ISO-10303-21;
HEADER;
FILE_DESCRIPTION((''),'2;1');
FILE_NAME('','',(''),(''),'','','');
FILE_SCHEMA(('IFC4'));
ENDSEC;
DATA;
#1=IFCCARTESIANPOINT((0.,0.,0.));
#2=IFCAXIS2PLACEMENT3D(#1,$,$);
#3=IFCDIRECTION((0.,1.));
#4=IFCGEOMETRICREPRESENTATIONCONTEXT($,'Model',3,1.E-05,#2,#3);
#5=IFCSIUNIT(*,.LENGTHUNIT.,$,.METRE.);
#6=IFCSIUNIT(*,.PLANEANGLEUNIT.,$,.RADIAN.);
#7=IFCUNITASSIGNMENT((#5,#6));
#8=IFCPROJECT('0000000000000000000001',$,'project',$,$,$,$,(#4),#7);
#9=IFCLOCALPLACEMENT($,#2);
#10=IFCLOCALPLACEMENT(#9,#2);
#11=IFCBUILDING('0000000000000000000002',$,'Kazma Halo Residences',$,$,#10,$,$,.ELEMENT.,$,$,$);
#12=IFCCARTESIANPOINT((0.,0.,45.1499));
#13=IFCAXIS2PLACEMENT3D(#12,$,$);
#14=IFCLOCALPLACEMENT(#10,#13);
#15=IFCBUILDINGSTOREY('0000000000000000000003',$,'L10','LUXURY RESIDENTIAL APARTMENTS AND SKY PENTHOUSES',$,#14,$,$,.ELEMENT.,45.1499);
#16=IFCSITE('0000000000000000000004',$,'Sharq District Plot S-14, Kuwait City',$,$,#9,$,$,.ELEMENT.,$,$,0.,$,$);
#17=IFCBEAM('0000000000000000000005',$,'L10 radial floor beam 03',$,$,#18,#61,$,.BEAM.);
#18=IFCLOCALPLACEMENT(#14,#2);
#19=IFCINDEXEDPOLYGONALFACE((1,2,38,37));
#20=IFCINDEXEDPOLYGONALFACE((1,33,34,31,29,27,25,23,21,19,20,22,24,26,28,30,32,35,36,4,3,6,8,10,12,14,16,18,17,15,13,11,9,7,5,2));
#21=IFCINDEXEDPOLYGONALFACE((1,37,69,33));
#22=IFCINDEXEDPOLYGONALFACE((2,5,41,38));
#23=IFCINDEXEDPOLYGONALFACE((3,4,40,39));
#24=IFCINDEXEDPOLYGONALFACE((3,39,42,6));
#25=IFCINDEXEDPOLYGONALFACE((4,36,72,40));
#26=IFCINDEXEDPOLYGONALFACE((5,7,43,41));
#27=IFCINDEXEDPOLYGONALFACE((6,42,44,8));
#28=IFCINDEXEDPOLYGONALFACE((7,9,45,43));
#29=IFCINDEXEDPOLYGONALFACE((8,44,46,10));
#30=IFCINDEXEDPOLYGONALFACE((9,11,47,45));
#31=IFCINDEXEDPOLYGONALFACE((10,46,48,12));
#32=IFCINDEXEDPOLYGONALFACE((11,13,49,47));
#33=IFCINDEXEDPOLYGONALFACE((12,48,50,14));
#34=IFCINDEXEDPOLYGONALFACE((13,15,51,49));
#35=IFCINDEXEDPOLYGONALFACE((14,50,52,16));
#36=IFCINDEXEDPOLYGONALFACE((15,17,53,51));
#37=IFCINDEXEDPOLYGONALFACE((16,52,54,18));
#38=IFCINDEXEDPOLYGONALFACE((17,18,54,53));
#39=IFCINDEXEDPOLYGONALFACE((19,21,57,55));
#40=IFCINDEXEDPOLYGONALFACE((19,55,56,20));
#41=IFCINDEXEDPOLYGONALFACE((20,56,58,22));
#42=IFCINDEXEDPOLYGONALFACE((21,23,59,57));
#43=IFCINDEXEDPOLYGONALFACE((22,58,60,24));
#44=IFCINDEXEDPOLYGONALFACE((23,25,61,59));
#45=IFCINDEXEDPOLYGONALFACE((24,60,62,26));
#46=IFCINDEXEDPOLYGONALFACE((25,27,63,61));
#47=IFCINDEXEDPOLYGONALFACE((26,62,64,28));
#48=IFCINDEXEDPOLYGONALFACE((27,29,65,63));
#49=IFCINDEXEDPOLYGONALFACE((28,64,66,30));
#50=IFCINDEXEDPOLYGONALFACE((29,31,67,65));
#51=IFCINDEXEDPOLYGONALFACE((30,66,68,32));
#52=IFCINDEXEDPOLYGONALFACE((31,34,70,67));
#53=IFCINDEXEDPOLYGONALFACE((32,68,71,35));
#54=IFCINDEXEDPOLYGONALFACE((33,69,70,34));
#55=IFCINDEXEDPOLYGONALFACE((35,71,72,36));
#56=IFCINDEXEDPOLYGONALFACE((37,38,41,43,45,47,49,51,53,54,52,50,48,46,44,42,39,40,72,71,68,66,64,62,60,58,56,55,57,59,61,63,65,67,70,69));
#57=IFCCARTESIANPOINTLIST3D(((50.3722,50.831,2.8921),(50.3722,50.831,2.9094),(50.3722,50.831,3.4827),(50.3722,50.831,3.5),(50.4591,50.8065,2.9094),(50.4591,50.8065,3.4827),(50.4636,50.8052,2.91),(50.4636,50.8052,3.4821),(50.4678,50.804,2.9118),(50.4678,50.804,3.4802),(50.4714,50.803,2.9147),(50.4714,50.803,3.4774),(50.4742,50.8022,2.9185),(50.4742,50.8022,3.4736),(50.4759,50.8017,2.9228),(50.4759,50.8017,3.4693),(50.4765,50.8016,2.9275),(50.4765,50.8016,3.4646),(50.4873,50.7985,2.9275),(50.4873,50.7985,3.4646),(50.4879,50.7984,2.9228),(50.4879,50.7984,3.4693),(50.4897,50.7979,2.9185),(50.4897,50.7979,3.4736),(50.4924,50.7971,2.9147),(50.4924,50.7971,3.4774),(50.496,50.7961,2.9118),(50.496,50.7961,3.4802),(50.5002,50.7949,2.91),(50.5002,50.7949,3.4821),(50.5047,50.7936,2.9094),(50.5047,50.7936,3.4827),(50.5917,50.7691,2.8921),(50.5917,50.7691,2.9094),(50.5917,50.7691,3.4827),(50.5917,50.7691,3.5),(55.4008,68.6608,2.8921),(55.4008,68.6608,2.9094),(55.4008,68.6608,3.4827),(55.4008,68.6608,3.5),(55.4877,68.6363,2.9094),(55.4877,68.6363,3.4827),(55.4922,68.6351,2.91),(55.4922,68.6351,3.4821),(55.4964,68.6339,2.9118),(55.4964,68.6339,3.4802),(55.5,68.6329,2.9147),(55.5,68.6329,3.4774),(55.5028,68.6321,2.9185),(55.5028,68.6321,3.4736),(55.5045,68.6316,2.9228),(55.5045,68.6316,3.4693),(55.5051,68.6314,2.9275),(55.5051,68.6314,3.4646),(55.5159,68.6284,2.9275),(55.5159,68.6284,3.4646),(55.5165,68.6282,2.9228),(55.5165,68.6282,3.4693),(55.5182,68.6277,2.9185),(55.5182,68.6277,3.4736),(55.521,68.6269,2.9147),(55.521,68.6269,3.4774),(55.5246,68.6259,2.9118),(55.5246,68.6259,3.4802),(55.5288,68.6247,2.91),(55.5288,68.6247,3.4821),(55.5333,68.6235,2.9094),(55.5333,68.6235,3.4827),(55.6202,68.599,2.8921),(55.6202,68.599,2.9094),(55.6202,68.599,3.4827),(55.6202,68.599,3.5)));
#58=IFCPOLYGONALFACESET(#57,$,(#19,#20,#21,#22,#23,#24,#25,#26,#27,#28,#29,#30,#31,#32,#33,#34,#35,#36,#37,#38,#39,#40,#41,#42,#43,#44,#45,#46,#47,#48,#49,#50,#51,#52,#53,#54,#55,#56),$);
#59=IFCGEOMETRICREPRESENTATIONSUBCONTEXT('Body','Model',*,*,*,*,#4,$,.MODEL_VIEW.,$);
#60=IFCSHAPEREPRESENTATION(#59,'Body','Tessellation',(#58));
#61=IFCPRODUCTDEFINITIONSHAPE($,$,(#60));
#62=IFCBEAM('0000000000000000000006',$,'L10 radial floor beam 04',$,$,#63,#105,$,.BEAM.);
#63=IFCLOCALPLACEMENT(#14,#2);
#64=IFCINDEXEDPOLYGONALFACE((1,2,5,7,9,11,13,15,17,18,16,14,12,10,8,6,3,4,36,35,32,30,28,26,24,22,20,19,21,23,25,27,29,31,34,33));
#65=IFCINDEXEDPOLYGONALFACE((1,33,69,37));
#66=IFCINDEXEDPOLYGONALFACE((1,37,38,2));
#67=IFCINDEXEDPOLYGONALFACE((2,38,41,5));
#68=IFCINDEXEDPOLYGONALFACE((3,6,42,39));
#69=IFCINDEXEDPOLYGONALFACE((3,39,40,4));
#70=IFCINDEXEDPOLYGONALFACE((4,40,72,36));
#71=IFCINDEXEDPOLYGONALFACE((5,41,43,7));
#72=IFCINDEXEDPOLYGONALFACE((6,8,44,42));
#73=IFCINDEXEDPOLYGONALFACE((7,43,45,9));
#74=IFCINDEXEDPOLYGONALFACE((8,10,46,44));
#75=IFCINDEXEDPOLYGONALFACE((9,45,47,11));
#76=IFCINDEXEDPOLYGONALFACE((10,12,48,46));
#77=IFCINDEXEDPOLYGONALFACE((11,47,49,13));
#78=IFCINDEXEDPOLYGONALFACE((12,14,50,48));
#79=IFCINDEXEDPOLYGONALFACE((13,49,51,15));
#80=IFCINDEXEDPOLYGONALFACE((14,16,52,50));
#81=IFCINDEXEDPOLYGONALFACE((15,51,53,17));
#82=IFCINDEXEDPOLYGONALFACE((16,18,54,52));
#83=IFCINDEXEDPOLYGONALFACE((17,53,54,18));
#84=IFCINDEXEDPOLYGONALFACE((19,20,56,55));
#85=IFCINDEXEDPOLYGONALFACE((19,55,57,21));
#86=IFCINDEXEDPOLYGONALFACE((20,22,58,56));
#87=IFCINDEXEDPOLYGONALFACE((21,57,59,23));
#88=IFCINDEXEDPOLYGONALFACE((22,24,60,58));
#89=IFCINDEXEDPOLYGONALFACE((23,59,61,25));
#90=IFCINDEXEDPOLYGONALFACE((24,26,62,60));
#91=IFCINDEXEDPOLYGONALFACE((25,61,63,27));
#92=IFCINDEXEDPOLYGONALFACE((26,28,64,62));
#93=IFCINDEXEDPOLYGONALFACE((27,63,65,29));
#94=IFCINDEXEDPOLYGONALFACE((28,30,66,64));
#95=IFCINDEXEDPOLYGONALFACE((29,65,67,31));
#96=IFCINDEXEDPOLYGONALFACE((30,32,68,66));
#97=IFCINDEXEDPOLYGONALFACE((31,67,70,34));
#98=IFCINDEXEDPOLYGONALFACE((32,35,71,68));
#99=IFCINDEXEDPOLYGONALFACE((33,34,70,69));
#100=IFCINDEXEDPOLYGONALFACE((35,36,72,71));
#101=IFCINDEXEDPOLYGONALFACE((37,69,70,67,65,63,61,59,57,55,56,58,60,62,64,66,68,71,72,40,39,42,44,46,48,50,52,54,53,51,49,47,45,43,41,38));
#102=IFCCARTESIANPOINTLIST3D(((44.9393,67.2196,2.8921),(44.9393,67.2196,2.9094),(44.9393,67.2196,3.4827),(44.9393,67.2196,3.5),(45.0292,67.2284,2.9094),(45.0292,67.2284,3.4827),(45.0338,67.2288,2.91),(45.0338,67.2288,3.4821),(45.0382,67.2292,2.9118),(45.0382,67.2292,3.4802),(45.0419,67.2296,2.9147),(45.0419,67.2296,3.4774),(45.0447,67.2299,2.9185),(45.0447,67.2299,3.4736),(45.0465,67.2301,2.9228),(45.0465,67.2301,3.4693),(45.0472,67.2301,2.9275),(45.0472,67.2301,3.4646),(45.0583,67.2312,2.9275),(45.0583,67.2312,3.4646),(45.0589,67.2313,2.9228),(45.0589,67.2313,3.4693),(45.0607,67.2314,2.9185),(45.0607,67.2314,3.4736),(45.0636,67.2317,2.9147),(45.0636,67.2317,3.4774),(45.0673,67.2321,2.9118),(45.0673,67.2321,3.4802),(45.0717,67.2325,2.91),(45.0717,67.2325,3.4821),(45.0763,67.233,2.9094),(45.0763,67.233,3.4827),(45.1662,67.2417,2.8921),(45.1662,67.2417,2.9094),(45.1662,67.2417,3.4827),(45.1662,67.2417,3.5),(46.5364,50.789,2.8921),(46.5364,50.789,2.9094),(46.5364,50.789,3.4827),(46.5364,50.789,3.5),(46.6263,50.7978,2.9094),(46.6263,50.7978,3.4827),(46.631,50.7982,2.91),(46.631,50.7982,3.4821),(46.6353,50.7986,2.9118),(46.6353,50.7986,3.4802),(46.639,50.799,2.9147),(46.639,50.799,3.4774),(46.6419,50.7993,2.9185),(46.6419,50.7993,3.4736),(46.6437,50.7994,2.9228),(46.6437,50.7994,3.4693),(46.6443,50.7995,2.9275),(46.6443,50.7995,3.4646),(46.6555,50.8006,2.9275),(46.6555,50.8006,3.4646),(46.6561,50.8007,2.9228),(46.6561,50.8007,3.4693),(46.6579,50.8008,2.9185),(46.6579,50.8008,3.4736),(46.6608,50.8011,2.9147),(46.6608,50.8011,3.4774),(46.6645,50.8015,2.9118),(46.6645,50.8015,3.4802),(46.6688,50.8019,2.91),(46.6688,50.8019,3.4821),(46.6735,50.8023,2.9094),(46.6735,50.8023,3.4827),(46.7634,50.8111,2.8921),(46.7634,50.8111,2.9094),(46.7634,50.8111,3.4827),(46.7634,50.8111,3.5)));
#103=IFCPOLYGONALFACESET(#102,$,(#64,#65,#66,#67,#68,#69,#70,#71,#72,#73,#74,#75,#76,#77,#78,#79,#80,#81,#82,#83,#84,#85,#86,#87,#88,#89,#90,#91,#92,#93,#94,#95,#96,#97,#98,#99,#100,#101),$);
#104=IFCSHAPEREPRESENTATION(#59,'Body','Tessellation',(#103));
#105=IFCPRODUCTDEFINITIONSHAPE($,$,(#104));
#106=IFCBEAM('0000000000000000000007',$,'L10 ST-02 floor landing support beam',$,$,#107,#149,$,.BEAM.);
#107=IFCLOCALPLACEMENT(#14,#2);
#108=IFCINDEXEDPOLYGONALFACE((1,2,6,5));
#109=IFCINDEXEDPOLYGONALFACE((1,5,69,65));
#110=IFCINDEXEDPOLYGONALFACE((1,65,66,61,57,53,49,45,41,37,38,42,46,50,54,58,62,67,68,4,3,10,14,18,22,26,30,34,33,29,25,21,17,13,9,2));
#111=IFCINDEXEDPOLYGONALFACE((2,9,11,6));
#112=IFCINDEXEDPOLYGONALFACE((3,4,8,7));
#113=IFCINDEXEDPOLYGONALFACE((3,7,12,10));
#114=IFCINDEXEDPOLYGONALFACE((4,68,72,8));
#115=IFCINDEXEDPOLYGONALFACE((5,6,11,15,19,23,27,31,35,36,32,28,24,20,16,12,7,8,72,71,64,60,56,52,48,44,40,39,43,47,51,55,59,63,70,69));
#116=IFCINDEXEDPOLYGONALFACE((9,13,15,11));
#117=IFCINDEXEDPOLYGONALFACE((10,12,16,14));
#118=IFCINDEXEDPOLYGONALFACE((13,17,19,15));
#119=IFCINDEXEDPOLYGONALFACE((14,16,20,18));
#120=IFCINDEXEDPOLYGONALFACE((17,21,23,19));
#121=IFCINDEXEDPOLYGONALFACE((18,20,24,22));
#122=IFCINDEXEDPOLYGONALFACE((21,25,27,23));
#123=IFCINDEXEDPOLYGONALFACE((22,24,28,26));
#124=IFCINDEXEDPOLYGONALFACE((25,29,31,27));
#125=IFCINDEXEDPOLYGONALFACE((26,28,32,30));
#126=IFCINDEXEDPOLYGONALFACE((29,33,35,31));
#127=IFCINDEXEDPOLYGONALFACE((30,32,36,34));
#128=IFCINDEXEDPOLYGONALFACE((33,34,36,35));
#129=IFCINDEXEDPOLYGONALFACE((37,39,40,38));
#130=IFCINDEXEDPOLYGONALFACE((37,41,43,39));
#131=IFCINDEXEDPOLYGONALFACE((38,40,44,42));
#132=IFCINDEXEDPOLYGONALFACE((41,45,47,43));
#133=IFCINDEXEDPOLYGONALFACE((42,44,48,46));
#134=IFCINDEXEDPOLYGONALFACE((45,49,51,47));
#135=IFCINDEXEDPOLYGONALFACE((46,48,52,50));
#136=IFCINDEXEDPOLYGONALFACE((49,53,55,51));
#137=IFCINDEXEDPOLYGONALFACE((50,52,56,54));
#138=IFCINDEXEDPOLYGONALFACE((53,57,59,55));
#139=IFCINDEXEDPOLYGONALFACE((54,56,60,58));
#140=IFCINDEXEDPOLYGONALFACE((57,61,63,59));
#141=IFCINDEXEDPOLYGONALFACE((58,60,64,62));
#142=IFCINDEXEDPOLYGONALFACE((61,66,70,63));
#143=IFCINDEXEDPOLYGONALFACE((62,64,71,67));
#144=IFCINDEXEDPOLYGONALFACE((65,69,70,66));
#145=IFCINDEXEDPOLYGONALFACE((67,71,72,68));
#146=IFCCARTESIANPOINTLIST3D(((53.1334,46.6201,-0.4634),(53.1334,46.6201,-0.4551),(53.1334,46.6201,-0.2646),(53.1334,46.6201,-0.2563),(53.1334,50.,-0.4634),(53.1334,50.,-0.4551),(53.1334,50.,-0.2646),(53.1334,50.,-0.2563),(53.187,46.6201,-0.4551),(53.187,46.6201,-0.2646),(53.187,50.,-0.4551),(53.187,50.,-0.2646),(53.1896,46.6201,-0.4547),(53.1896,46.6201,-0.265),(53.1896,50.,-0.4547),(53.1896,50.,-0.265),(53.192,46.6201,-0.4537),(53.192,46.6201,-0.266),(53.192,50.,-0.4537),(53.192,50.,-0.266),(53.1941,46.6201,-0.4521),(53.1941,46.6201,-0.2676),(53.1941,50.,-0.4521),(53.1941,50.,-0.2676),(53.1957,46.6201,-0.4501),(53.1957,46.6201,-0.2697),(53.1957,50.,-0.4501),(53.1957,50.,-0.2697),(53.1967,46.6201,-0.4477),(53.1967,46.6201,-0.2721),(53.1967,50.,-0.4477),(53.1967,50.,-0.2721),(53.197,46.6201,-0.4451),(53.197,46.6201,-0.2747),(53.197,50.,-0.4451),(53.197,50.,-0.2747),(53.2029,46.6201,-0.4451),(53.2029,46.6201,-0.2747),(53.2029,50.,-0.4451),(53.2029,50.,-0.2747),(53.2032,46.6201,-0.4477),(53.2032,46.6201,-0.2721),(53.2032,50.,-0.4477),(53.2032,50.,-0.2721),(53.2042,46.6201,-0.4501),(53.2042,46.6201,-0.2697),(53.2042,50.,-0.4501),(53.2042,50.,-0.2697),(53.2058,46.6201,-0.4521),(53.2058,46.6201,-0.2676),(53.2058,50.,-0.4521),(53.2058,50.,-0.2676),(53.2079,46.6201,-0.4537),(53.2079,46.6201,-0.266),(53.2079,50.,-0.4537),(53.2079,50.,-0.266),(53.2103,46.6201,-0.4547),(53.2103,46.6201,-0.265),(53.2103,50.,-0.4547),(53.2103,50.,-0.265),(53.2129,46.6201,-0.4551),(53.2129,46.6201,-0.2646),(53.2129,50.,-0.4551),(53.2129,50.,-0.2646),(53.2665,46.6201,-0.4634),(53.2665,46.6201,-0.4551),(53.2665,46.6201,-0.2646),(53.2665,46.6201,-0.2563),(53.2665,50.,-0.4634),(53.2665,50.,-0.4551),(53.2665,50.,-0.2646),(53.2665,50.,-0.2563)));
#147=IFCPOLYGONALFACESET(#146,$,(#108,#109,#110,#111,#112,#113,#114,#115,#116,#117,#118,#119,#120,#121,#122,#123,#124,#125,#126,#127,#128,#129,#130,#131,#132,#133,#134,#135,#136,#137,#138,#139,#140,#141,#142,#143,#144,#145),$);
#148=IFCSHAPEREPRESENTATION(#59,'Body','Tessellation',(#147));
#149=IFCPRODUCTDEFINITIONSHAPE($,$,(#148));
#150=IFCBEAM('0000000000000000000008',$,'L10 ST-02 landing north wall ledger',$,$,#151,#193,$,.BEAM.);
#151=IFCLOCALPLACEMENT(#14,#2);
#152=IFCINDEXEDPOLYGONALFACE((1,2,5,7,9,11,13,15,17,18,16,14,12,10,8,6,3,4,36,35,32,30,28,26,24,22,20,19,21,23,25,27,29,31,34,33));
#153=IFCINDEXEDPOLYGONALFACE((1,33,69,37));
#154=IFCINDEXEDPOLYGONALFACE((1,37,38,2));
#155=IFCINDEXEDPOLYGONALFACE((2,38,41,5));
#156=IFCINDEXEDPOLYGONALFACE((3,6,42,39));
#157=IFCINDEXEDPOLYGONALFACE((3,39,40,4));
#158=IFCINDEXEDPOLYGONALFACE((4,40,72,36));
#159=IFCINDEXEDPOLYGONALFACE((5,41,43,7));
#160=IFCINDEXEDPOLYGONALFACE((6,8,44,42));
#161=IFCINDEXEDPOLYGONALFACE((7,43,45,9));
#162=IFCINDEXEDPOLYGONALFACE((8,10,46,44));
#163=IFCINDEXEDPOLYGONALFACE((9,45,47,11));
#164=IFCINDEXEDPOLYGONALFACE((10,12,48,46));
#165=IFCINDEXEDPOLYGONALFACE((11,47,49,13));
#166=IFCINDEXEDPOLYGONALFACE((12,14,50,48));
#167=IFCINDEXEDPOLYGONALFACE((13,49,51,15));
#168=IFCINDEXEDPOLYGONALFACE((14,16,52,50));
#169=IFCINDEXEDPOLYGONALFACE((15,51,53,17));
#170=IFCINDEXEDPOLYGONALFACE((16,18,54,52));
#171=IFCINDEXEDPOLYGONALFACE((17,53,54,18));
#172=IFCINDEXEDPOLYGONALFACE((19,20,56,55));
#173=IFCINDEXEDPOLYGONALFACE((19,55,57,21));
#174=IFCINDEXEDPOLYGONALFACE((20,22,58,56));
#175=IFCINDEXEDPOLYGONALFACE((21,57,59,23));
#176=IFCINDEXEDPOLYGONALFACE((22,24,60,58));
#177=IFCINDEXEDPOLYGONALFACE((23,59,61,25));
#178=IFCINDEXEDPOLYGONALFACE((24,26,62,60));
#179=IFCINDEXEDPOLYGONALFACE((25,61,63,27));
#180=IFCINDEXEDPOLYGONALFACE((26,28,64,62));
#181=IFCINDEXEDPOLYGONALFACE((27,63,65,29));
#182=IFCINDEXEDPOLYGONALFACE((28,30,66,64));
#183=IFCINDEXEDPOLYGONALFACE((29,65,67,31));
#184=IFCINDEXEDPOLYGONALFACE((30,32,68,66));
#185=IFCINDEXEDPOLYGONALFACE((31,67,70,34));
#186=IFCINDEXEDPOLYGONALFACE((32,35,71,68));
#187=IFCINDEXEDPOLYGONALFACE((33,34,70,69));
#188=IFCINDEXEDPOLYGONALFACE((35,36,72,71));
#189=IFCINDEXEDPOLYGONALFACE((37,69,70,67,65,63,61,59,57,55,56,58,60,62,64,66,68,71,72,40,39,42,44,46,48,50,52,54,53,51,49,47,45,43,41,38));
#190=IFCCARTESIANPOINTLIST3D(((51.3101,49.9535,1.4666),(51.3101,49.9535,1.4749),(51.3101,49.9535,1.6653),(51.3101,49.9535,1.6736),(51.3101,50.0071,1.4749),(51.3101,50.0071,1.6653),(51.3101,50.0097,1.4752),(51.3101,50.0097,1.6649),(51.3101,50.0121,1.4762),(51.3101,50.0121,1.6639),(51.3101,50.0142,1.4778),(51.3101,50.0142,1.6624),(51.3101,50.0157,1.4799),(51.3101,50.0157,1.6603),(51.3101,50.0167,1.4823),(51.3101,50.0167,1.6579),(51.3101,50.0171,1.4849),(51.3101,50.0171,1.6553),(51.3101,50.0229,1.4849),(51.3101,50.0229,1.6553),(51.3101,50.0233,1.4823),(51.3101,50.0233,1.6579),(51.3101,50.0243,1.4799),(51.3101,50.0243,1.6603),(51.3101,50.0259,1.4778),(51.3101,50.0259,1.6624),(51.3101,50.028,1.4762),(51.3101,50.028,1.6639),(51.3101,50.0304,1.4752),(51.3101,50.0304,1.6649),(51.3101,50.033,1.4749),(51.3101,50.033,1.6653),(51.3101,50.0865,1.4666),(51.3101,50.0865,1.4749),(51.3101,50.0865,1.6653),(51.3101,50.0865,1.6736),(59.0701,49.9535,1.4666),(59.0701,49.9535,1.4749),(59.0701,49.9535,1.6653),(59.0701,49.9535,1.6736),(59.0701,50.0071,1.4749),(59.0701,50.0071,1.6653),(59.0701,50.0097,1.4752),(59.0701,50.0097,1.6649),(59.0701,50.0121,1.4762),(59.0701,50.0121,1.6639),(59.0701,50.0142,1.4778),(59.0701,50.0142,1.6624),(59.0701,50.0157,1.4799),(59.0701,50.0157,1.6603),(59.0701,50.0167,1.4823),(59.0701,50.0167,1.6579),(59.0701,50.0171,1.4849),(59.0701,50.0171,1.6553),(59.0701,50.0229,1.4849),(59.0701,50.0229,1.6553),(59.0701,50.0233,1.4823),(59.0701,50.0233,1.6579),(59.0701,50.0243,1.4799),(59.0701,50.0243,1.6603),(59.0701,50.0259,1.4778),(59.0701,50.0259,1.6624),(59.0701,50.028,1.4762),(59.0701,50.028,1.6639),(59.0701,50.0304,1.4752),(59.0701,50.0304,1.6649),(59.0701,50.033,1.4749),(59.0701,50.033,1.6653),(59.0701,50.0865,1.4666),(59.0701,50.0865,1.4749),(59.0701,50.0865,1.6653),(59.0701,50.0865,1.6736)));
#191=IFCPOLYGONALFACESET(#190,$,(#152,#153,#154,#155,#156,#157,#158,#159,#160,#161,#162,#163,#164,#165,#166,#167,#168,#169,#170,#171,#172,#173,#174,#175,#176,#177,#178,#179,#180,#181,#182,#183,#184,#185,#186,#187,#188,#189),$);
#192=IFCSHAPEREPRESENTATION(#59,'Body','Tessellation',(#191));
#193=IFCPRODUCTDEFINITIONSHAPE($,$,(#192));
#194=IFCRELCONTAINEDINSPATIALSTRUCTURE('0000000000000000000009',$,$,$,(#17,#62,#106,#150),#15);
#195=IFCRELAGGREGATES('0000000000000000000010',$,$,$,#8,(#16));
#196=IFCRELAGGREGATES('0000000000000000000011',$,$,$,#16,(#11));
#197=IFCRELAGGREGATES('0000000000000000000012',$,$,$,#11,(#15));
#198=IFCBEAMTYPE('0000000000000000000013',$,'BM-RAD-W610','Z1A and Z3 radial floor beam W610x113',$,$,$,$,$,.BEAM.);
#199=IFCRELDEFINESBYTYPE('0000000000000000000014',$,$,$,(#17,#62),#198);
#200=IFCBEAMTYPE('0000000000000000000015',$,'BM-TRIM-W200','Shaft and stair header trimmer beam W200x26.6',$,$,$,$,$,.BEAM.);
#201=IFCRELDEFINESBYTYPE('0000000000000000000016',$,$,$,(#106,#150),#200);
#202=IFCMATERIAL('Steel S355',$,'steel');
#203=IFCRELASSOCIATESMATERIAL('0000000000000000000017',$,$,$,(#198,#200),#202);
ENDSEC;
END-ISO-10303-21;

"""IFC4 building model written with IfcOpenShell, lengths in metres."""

from ifc_helpers import new_model, si_unit, direction, frame, origin, origin_2d, place, context, subcontext, project, spatial, i_section, extrude, material, material_profile, profile_set, type_object, element, save


model = new_model("IFC4")

# Units and contexts
model_context = context("Model", 3, precision=1e-05, world=origin(), true_north=direction((0.0, 1.0)))
body_context = subcontext(model_context, "Body", "Model", "MODEL_VIEW")
ifc_project = project(units=[si_unit("LENGTHUNIT", "METRE"), si_unit("PLANEANGLEUNIT", "RADIAN")], contexts=[model_context])

# Site, building, storey
site_placement = place(None, origin())
site = spatial("IfcSite", under=ifc_project, at=site_placement, Name="Sharq District Plot S-14, Kuwait City", CompositionType="ELEMENT", RefElevation=0.0)
building_placement = place(site_placement, origin())
building = spatial("IfcBuilding", under=site, at=building_placement, Name="Kazma Halo Residences", CompositionType="ELEMENT")
storey_placement = place(building_placement, frame((0.0, 0.0, 45.1499)))
storey = spatial("IfcBuildingStorey", under=building, at=storey_placement, Name="L10", Description="LUXURY RESIDENTIAL APARTMENTS AND SKY PENTHOUSES", CompositionType="ELEMENT", Elevation=45.1499)

# Shared definitions
ifc_material_1 = material(Name="Steel S355", Category="steel")

# Beams
ifc_material_profile_1 = material_profile(ifc_material_1, i_section(OverallWidth=0.228, OverallDepth=0.6079, WebThickness=0.0112, FlangeThickness=0.0173, FilletRadius=0.0181, at=origin_2d()), Name="W610x113")
ifc_profile_set_1 = profile_set([ifc_material_profile_1], Name="Steel S355")
beam_type_1 = type_object("IfcBeamType", Name="BM-RAD-W610", Description="Z1A and Z3 radial floor beam W610x113", PredefinedType="BEAM", material=ifc_profile_set_1)
beam_1_placement = place(storey_placement, frame((50.4819, 50.8, 3.196), z_axis=(0.271442, 0.962455, 0.0), x_axis=(-0.962455, 0.271442, 0.0)))
element("IfcBeam", 1, at=beam_1_placement, inside=storey, type_object=beam_type_1, Name="L10 radial floor beam 03", PredefinedType="BEAM", context=body_context, shape_type="SweptSolid", body=[
    extrude(i_section(OverallWidth=0.228, OverallDepth=0.6079, WebThickness=0.0112, FlangeThickness=0.0173, FilletRadius=0.0181, at=origin_2d()), origin(), (0.0, 0.0, 1.0), 18.5254),
])
beam_2_placement = place(storey_placement, frame((46.6499, 50.8, 3.196), z_axis=(-0.096751, 0.995309, 0.0), x_axis=(-0.995309, -0.096751, 0.0)))
element("IfcBeam", 2, at=beam_2_placement, inside=storey, type_object=beam_type_1, Name="L10 radial floor beam 04", PredefinedType="BEAM", context=body_context, shape_type="SweptSolid", body=[
    extrude(i_section(OverallWidth=0.228, OverallDepth=0.6079, WebThickness=0.0112, FlangeThickness=0.0173, FilletRadius=0.0181, at=origin_2d()), origin(), (0.0, 0.0, 1.0), 16.5081),
])
ifc_material_profile_2 = material_profile(ifc_material_1, i_section(OverallWidth=0.1331, OverallDepth=0.207, WebThickness=0.0059, FlangeThickness=0.0083, FilletRadius=0.01, at=origin_2d()), Name="W200x26.6")
ifc_profile_set_2 = profile_set([ifc_material_profile_2], Name="Steel S355")
beam_type_2 = type_object("IfcBeamType", Name="BM-TRIM-W200", Description="Shaft and stair header trimmer beam W200x26.6", PredefinedType="BEAM", material=ifc_profile_set_2)
beam_3_placement = place(storey_placement, frame((53.2, 46.6201, -0.3599), z_axis=(0.0, 1.0, 0.0), x_axis=(-1.0, 0.0, 0.0)))
element("IfcBeam", 3, at=beam_3_placement, inside=storey, type_object=beam_type_2, Name="L10 ST-02 floor landing support beam", PredefinedType="BEAM", context=body_context, shape_type="SweptSolid", body=[
    extrude(i_section(OverallWidth=0.1331, OverallDepth=0.207, WebThickness=0.0059, FlangeThickness=0.0083, FilletRadius=0.01, at=origin_2d()), origin(), (0.0, 0.0, 1.0), 3.3799),
])
beam_4_placement = place(storey_placement, frame((51.3101, 50.02, 1.5701), z_axis=(1.0, 0.0, 0.0), x_axis=(0.0, 1.0, 0.0)))
element("IfcBeam", 4, at=beam_4_placement, inside=storey, type_object=beam_type_2, Name="L10 ST-02 landing north wall ledger", PredefinedType="BEAM", context=body_context, shape_type="SweptSolid", body=[
    extrude(i_section(OverallWidth=0.1331, OverallDepth=0.207, WebThickness=0.0059, FlangeThickness=0.0083, FilletRadius=0.01, at=origin_2d()), origin(), (0.0, 0.0, 1.0), 7.76),
])

save(model, "model.ifc")
